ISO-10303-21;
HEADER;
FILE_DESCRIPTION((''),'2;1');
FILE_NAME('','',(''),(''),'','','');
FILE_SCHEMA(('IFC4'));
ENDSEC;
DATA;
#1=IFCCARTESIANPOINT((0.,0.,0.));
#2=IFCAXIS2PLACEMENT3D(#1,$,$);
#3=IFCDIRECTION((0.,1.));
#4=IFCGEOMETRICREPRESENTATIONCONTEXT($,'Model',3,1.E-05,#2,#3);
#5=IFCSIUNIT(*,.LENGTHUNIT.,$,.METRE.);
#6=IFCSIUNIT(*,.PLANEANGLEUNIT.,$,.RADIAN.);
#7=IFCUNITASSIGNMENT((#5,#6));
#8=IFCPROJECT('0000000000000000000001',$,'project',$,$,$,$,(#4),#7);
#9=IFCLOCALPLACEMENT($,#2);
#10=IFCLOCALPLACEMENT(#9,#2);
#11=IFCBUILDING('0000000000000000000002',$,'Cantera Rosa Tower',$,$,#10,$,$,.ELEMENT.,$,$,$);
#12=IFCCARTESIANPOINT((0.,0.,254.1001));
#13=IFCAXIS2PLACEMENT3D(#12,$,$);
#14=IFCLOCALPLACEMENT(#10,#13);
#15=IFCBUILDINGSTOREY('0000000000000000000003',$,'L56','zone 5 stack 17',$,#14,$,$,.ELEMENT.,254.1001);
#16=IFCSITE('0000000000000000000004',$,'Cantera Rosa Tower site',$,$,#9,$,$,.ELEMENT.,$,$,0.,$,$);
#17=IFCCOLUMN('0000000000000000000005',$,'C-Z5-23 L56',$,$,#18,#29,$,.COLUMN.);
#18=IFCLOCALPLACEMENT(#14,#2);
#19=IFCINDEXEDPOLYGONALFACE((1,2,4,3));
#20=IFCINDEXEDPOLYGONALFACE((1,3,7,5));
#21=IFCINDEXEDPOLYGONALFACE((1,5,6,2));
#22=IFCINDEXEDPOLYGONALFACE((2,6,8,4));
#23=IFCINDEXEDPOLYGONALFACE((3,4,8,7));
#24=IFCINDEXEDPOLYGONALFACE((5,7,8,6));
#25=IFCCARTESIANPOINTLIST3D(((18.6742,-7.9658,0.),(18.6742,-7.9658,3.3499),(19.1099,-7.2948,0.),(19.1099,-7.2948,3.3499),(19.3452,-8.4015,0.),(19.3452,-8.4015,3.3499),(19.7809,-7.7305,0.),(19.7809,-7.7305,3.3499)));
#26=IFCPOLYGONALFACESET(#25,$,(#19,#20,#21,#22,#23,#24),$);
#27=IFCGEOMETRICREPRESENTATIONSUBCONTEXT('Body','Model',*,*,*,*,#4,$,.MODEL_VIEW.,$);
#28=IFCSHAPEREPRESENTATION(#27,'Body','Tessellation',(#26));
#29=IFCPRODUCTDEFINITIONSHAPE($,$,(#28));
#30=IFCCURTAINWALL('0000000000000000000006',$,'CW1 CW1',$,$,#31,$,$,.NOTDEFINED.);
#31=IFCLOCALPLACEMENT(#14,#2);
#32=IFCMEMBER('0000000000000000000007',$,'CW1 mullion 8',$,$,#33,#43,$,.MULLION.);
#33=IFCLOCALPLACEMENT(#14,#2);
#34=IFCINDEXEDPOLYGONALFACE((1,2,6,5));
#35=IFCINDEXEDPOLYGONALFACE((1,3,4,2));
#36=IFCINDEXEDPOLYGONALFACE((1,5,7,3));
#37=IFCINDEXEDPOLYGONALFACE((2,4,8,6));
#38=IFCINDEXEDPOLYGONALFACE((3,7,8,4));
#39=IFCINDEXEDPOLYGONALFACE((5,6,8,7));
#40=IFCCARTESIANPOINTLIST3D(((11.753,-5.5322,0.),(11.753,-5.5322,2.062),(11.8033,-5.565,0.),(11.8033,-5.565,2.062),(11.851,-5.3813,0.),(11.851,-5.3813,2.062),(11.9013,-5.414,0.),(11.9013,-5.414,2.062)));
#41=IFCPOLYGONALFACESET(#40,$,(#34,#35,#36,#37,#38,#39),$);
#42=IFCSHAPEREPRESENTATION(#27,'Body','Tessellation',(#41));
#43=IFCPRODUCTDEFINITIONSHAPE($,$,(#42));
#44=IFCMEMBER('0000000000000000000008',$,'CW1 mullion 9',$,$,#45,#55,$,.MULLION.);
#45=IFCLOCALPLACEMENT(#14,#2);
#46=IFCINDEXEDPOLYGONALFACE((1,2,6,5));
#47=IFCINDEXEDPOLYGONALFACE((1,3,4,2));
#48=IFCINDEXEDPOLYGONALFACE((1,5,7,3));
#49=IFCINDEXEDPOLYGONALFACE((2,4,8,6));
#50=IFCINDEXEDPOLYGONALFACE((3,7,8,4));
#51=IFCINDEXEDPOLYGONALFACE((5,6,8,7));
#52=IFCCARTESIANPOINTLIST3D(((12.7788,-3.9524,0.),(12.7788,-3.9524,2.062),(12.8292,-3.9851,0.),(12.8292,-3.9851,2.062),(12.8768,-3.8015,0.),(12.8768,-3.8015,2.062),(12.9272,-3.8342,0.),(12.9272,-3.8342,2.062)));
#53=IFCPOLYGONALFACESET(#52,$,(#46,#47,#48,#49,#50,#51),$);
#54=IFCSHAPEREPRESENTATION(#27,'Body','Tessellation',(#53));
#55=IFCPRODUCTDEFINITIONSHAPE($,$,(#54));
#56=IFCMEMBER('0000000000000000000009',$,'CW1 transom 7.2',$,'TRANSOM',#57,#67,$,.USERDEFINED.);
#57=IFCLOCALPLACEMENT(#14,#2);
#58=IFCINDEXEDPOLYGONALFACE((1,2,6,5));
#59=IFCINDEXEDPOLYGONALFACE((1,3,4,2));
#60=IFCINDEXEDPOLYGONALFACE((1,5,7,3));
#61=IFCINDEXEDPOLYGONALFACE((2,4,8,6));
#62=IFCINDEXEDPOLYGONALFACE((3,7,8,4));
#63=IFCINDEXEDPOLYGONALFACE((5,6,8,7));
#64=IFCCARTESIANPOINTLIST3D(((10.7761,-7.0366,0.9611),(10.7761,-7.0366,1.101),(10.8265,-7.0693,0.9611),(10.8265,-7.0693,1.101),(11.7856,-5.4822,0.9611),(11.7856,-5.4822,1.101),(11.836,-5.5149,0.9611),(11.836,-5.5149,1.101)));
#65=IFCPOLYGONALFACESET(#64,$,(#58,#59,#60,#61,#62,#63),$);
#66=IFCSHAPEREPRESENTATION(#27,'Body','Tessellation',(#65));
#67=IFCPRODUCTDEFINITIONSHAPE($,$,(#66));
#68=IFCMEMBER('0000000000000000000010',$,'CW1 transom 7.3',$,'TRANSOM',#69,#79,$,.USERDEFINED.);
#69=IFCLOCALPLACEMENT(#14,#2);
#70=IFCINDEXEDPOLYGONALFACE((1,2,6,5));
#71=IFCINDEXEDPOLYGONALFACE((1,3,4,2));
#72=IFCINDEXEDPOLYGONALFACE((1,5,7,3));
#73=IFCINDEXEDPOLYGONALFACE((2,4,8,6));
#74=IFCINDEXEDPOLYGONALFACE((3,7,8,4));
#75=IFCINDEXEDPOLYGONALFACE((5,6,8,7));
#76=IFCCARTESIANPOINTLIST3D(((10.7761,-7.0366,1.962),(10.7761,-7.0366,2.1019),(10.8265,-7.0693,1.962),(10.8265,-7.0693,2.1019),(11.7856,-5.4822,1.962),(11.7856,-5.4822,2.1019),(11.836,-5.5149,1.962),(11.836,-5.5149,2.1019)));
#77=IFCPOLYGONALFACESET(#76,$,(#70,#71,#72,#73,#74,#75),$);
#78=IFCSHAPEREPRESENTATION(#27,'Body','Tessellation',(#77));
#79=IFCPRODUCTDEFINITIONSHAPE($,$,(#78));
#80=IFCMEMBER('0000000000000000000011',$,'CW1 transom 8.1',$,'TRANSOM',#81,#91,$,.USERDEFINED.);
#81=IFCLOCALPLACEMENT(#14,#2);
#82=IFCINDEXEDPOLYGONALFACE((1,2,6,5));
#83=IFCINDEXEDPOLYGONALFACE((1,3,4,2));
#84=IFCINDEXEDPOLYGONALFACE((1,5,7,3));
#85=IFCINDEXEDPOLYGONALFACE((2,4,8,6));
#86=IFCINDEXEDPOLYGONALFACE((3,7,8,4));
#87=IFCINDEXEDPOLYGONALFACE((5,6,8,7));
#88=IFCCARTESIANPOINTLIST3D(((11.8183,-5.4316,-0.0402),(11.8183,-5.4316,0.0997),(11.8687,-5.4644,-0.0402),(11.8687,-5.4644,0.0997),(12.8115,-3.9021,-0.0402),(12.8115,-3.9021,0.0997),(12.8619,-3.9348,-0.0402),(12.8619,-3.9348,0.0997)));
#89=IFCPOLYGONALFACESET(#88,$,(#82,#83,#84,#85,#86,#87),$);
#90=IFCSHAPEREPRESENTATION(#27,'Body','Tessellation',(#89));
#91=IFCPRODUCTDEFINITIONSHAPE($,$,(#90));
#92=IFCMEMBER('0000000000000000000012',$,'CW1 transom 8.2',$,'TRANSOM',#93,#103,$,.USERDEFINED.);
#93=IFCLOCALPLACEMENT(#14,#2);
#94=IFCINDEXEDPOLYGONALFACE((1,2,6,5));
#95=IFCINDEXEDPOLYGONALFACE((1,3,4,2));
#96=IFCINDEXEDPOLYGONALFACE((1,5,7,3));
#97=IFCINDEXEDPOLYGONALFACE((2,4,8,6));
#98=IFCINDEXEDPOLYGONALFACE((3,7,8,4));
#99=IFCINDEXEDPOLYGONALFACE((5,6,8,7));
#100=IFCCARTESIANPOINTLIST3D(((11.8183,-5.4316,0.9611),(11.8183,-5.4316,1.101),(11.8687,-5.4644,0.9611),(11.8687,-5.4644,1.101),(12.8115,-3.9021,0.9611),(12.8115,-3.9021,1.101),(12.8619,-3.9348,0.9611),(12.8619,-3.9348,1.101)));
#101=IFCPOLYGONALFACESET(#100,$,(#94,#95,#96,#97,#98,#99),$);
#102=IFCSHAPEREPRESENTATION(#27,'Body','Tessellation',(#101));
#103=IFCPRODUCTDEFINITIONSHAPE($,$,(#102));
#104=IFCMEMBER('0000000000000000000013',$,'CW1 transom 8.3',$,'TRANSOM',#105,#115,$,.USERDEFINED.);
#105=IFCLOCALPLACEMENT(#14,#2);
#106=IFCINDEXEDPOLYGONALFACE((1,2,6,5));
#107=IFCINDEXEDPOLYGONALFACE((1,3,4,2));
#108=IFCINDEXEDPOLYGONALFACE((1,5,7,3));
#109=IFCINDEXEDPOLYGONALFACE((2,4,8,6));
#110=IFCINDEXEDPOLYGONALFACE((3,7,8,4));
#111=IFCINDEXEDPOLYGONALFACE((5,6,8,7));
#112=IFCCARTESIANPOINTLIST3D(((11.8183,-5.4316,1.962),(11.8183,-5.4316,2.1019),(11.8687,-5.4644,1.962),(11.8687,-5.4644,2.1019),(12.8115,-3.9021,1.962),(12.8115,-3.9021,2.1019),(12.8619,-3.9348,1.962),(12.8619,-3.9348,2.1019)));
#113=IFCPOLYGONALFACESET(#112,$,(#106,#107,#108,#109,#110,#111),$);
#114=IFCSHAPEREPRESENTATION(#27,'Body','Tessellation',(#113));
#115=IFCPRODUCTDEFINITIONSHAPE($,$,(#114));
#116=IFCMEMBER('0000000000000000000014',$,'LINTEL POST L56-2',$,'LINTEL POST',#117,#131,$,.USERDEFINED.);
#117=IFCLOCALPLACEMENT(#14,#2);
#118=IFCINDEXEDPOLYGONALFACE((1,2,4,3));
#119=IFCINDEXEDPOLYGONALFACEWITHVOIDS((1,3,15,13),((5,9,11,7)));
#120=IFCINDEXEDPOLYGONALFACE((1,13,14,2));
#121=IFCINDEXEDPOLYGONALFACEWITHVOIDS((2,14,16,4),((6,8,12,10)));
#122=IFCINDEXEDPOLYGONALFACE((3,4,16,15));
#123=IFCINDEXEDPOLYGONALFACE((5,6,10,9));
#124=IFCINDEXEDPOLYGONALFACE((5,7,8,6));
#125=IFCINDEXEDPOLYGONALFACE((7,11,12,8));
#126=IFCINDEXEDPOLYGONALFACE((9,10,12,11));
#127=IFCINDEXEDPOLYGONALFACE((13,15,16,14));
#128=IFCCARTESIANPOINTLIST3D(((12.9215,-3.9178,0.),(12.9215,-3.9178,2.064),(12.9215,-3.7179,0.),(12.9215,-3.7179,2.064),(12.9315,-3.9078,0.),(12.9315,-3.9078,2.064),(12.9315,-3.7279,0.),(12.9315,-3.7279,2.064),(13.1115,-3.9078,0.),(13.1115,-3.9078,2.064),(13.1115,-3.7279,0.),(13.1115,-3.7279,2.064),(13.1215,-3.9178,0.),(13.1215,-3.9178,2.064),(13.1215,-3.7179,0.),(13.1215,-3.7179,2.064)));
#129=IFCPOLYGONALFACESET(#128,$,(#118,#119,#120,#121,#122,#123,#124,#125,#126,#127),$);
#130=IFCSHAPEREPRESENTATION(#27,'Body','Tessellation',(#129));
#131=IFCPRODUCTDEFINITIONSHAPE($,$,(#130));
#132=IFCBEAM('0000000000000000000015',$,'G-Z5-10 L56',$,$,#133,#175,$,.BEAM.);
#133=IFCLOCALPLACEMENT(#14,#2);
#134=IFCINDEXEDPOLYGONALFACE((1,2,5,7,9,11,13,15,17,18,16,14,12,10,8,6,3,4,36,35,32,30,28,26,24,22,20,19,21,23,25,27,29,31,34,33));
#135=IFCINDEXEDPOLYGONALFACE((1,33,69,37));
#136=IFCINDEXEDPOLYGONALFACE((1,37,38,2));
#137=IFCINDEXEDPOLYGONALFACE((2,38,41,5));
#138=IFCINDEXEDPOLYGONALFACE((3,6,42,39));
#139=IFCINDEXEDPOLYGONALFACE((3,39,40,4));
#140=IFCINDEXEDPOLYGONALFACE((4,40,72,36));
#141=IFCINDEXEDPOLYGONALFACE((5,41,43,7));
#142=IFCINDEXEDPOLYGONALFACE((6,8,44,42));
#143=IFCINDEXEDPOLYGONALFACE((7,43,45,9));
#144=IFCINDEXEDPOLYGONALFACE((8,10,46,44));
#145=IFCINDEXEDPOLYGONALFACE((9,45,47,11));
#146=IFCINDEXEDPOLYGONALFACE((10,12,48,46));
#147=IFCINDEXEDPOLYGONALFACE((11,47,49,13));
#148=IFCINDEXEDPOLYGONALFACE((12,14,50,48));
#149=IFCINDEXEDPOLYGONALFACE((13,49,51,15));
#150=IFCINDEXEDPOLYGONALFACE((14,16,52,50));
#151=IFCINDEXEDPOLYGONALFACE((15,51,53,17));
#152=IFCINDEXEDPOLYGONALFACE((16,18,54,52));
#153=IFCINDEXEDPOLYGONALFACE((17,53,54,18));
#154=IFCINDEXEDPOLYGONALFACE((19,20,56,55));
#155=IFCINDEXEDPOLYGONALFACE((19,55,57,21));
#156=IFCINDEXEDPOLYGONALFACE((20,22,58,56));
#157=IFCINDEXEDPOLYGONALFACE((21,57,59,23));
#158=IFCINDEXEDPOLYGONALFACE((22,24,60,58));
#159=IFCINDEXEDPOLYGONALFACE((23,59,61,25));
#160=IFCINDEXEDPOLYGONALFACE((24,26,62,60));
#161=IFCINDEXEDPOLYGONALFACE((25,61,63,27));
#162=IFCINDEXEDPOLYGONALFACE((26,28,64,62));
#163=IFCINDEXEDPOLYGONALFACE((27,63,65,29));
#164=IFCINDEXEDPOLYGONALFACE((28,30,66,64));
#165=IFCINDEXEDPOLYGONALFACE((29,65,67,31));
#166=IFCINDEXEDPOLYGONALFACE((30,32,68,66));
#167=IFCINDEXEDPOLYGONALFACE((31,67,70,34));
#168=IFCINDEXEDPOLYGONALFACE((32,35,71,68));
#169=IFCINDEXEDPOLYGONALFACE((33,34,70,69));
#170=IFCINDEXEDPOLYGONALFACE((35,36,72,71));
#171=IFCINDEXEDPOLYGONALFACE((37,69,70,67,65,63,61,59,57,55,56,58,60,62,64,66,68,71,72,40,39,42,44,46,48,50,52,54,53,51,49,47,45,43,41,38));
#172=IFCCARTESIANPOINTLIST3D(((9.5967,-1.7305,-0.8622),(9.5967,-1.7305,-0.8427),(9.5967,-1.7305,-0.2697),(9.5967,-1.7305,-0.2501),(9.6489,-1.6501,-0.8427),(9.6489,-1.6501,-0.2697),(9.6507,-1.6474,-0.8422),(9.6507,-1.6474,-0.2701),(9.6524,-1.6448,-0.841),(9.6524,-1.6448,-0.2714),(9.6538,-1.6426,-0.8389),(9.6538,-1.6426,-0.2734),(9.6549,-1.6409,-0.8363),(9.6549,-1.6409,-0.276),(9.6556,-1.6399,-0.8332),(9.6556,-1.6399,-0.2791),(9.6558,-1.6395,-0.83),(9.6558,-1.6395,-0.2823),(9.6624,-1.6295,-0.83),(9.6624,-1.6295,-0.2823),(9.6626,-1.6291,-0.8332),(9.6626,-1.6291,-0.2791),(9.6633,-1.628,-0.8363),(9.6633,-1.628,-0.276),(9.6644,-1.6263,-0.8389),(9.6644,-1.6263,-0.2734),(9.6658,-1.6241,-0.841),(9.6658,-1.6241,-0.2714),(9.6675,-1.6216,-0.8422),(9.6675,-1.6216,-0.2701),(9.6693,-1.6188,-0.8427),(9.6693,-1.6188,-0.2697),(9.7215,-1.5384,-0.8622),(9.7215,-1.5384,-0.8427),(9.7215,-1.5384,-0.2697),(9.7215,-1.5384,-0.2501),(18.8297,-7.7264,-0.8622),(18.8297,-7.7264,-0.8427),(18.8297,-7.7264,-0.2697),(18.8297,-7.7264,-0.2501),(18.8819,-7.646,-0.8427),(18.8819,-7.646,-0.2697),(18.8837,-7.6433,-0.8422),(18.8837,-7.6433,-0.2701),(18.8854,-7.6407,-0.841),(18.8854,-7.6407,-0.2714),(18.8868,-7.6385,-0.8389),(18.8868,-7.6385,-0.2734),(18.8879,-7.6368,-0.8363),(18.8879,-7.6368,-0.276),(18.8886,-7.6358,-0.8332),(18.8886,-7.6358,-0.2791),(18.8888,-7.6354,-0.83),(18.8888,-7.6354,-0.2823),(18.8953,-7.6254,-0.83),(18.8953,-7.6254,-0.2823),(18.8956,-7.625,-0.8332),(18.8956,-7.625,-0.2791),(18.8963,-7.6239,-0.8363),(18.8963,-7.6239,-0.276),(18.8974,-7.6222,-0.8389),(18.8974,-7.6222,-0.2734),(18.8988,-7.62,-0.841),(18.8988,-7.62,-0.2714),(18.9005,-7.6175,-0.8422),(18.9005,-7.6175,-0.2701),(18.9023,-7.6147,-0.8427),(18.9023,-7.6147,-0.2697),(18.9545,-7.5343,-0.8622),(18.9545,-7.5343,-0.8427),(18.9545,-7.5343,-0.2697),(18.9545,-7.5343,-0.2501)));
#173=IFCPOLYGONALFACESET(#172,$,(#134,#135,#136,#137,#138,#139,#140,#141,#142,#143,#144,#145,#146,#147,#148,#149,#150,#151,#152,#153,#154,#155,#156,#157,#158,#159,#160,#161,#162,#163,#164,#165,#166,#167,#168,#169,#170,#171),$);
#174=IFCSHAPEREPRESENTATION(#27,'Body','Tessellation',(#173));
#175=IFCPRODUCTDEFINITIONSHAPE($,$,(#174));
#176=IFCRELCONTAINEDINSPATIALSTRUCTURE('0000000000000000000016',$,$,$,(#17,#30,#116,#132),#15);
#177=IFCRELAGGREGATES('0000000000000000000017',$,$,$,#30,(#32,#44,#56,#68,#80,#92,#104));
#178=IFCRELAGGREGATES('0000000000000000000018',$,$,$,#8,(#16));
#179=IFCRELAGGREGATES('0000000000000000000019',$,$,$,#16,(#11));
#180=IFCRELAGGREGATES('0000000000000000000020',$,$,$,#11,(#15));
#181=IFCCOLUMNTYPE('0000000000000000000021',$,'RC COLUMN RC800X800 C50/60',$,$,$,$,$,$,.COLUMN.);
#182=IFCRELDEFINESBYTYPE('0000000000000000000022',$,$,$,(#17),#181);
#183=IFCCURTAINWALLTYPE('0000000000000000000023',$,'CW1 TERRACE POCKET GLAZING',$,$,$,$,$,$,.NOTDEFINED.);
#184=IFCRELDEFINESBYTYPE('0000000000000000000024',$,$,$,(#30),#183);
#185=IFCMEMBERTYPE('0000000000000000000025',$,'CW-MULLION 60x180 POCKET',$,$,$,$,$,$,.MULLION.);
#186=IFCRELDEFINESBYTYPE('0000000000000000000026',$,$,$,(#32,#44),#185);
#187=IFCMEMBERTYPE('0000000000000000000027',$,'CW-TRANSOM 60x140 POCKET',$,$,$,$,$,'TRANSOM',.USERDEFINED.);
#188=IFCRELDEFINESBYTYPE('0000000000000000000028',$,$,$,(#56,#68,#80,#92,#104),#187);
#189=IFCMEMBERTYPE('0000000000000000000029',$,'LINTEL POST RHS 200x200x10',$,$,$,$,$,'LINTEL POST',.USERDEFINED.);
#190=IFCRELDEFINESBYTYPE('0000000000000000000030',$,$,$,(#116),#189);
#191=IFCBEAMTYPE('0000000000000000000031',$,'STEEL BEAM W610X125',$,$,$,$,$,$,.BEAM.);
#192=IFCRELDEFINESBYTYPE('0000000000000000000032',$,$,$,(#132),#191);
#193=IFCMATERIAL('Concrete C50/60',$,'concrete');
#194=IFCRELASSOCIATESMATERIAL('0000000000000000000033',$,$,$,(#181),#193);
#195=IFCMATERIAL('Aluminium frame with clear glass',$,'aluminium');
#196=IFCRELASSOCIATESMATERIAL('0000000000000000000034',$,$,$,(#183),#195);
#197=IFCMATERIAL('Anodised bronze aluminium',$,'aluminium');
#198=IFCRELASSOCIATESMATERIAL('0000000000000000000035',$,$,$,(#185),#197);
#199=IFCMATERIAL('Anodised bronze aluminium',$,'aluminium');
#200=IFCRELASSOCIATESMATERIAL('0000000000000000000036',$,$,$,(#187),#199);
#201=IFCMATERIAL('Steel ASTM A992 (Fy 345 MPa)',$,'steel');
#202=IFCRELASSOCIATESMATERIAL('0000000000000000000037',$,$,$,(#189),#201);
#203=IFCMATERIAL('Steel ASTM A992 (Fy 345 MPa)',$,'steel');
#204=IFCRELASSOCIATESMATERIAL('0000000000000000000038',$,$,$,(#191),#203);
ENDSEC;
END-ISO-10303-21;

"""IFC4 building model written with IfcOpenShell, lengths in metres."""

from ifc_helpers import new_model, si_unit, direction, frame, origin, origin_2d, place, context, subcontext, project, spatial, rectangle, hollow_rectangle, i_section, extrude, material, material_profile, profile_set, type_object, element, aggregate, save


model = new_model("IFC4")

# Units and contexts
model_context = context("Model", 3, precision=1e-05, world=origin(), true_north=direction((0.0, 1.0)))
body_context = subcontext(model_context, "Body", "Model", "MODEL_VIEW")
ifc_project = project(units=[si_unit("LENGTHUNIT", "METRE"), si_unit("PLANEANGLEUNIT", "RADIAN")], contexts=[model_context])

# Site, building, storey
site_placement = place(None, origin())
site = spatial("IfcSite", under=ifc_project, at=site_placement, Name="Cantera Rosa Tower site", CompositionType="ELEMENT", RefElevation=0.0)
building_placement = place(site_placement, origin())
building = spatial("IfcBuilding", under=site, at=building_placement, Name="Cantera Rosa Tower", CompositionType="ELEMENT")
storey_placement = place(building_placement, frame((0.0, 0.0, 254.1001)))
storey = spatial("IfcBuildingStorey", under=building, at=storey_placement, Name="L56", Description="zone 5 stack 17", CompositionType="ELEMENT", Elevation=254.1001)

# Column
ifc_material_1 = material(Name="Concrete C50/60", Category="concrete")
ifc_material_profile_1 = material_profile(ifc_material_1, rectangle(XDim=0.8, YDim=0.8, at=origin_2d()), Name="RC COLUMN RC800X800 C50/60")
ifc_profile_set_1 = profile_set([ifc_material_profile_1], Name="Concrete C50/60")
column_type = type_object("IfcColumnType", Name="RC COLUMN RC800X800 C50/60", PredefinedType="COLUMN", material=ifc_profile_set_1)
column_placement = place(storey_placement, frame((19.2275, -7.8481, 0.0), z_axis=(0.0, 0.0, 1.0), x_axis=(0.544639, 0.838671, 0.0)))
element("IfcColumn", 1, at=column_placement, inside=storey, type_object=column_type, Name="C-Z5-23 L56", PredefinedType="COLUMN", context=body_context, shape_type="SweptSolid", body=[
    extrude(rectangle(XDim=0.8, YDim=0.8, at=origin_2d()), origin(), (0.0, 0.0, 1.0), 3.3499),
])

# Curtain wall, members
ifc_material_2 = material(Name="Aluminium frame with clear glass", Category="aluminium")
curtain_wall_type = type_object("IfcCurtainWallType", Name="CW1 TERRACE POCKET GLAZING", PredefinedType="NOTDEFINED", material=ifc_material_2)
curtain_wall_placement = place(storey_placement, origin())
curtain_wall = element("IfcCurtainWall", 2, at=curtain_wall_placement, inside=storey, type_object=curtain_wall_type, Name="CW1 CW1", PredefinedType="NOTDEFINED")
ifc_material_3 = material(Name="Anodised bronze aluminium", Category="aluminium")
ifc_material_profile_2 = material_profile(ifc_material_3, rectangle(XDim=0.0601, YDim=0.1799, at=origin_2d()), Name="CW-MULLION 60x180 POCKET")
ifc_profile_set_2 = profile_set([ifc_material_profile_2], Name="Anodised bronze aluminium")
member_type_1 = type_object("IfcMemberType", Name="CW-MULLION 60x180 POCKET", PredefinedType="MULLION", material=ifc_profile_set_2)
member_1_placement = place(storey_placement, frame((11.8271, -5.4731, 0.0), z_axis=(0.0, 0.0, 1.0), x_axis=(-0.838671, 0.544639, 0.0)))
member_1 = element("IfcMember", 3, at=member_1_placement, type_object=member_type_1, Name="CW1 mullion 8", PredefinedType="MULLION", context=body_context, shape_type="SweptSolid", body=[
    extrude(rectangle(XDim=0.0601, YDim=0.1799, at=origin_2d()), origin(), (0.0, 0.0, 1.0), 2.062),
])
member_2_placement = place(storey_placement, frame((12.853, -3.8933, 0.0), z_axis=(0.0, 0.0, 1.0), x_axis=(-0.838671, 0.544639, 0.0)))
member_2 = element("IfcMember", 4, at=member_2_placement, type_object=member_type_1, Name="CW1 mullion 9", PredefinedType="MULLION", context=body_context, shape_type="SweptSolid", body=[
    extrude(rectangle(XDim=0.0601, YDim=0.1799, at=origin_2d()), origin(), (0.0, 0.0, 1.0), 2.062),
])
ifc_material_4 = material(Name="Anodised bronze aluminium", Category="aluminium")
ifc_material_profile_3 = material_profile(ifc_material_4, rectangle(XDim=0.0601, YDim=0.1399, at=origin_2d()), Name="CW-TRANSOM 60x140 POCKET")
ifc_profile_set_3 = profile_set([ifc_material_profile_3], Name="Anodised bronze aluminium")
member_type_2 = type_object("IfcMemberType", Name="CW-TRANSOM 60x140 POCKET", ElementType="TRANSOM", PredefinedType="USERDEFINED", material=ifc_profile_set_3)
member_3_placement = place(storey_placement, frame((10.8013, -7.053, 1.031), z_axis=(0.54466, 0.838657, 0.0), x_axis=(-0.838657, 0.54466, 0.0)))
member_3 = element("IfcMember", 5, at=member_3_placement, type_object=member_type_2, Name="CW1 transom 7.2", ObjectType="TRANSOM", PredefinedType="USERDEFINED", context=body_context, shape_type="SweptSolid", body=[
    extrude(rectangle(XDim=0.0601, YDim=0.1399, at=origin_2d()), origin(), (0.0, 0.0, 1.0), 1.8535),
])
member_4_placement = place(storey_placement, frame((10.8013, -7.053, 2.032), z_axis=(0.54466, 0.838657, 0.0), x_axis=(-0.838657, 0.54466, 0.0)))
member_4 = element("IfcMember", 6, at=member_4_placement, type_object=member_type_2, Name="CW1 transom 7.3", ObjectType="TRANSOM", PredefinedType="USERDEFINED", context=body_context, shape_type="SweptSolid", body=[
    extrude(rectangle(XDim=0.0601, YDim=0.1399, at=origin_2d()), origin(), (0.0, 0.0, 1.0), 1.8535),
])
member_5_placement = place(storey_placement, frame((11.8435, -5.448, 0.0298), z_axis=(0.544588, 0.838703, 0.0), x_axis=(-0.838703, 0.544588, 0.0)))
member_5 = element("IfcMember", 7, at=member_5_placement, type_object=member_type_2, Name="CW1 transom 8.1", ObjectType="TRANSOM", PredefinedType="USERDEFINED", context=body_context, shape_type="SweptSolid", body=[
    extrude(rectangle(XDim=0.0601, YDim=0.1399, at=origin_2d()), origin(), (0.0, 0.0, 1.0), 1.8237),
])
member_6_placement = place(storey_placement, frame((11.8435, -5.448, 1.031), z_axis=(0.544588, 0.838703, 0.0), x_axis=(-0.838703, 0.544588, 0.0)))
member_6 = element("IfcMember", 8, at=member_6_placement, type_object=member_type_2, Name="CW1 transom 8.2", ObjectType="TRANSOM", PredefinedType="USERDEFINED", context=body_context, shape_type="SweptSolid", body=[
    extrude(rectangle(XDim=0.0601, YDim=0.1399, at=origin_2d()), origin(), (0.0, 0.0, 1.0), 1.8237),
])
member_7_placement = place(storey_placement, frame((11.8435, -5.448, 2.032), z_axis=(0.544588, 0.838703, 0.0), x_axis=(-0.838703, 0.544588, 0.0)))
member_7 = element("IfcMember", 9, at=member_7_placement, type_object=member_type_2, Name="CW1 transom 8.3", ObjectType="TRANSOM", PredefinedType="USERDEFINED", context=body_context, shape_type="SweptSolid", body=[
    extrude(rectangle(XDim=0.0601, YDim=0.1399, at=origin_2d()), origin(), (0.0, 0.0, 1.0), 1.8237),
])

# Member
ifc_material_5 = material(Name="Steel ASTM A992 (Fy 345 MPa)", Category="steel")
ifc_material_profile_4 = material_profile(ifc_material_5, hollow_rectangle(XDim=0.2, YDim=0.2, WallThickness=0.01, at=origin_2d()), Name="LINTEL POST RHS 200x200x10")
ifc_profile_set_4 = profile_set([ifc_material_profile_4], Name="Steel ASTM A992 (Fy 345 MPa)")
member_type_3 = type_object("IfcMemberType", Name="LINTEL POST RHS 200x200x10", ElementType="LINTEL POST", PredefinedType="USERDEFINED", material=ifc_profile_set_4)
member_8_placement = place(storey_placement, frame((13.0215, -3.8179, 0.0), z_axis=(0.0, 0.0, 1.0), x_axis=(1.0, 0.0, 0.0)))
element("IfcMember", 10, at=member_8_placement, inside=storey, type_object=member_type_3, Name="LINTEL POST L56-2", ObjectType="LINTEL POST", PredefinedType="USERDEFINED", context=body_context, shape_type="SweptSolid", body=[
    extrude(hollow_rectangle(XDim=0.2, YDim=0.2, WallThickness=0.01, at=origin_2d()), origin(), (0.0, 0.0, 1.0), 2.064),
])

# Beam
ifc_material_6 = material(Name="Steel ASTM A992 (Fy 345 MPa)", Category="steel")
ifc_material_profile_5 = material_profile(ifc_material_6, i_section(OverallWidth=0.229, OverallDepth=0.6121, WebThickness=0.012, FlangeThickness=0.0195, FilletRadius=0.0127, at=origin_2d()), Name="W610X125")
ifc_profile_set_5 = profile_set([ifc_material_profile_5], Name="Steel ASTM A992 (Fy 345 MPa)")
beam_type_1 = type_object("IfcBeamType", Name="STEEL BEAM W610X125", PredefinedType="BEAM", material=ifc_profile_set_5)
beam_1_placement = place(storey_placement, frame((18.8921, -7.6304, -0.5562), z_axis=(-0.838674, 0.544634, 0.0), x_axis=(-0.544634, -0.838674, 0.0)))
element("IfcBeam", 11, at=beam_1_placement, inside=storey, type_object=beam_type_1, Name="G-Z5-10 L56", PredefinedType="BEAM", context=body_context, shape_type="SweptSolid", body=[
    extrude(i_section(OverallWidth=0.229, OverallDepth=0.6121, WebThickness=0.012, FlangeThickness=0.0195, FilletRadius=0.0127, at=origin_2d()), origin(), (0.0, 0.0, 1.0), 11.009),
])

aggregate(curtain_wall, [member_1, member_2, member_3, member_4, member_5, member_6, member_7])

save(model, "model.ifc")
